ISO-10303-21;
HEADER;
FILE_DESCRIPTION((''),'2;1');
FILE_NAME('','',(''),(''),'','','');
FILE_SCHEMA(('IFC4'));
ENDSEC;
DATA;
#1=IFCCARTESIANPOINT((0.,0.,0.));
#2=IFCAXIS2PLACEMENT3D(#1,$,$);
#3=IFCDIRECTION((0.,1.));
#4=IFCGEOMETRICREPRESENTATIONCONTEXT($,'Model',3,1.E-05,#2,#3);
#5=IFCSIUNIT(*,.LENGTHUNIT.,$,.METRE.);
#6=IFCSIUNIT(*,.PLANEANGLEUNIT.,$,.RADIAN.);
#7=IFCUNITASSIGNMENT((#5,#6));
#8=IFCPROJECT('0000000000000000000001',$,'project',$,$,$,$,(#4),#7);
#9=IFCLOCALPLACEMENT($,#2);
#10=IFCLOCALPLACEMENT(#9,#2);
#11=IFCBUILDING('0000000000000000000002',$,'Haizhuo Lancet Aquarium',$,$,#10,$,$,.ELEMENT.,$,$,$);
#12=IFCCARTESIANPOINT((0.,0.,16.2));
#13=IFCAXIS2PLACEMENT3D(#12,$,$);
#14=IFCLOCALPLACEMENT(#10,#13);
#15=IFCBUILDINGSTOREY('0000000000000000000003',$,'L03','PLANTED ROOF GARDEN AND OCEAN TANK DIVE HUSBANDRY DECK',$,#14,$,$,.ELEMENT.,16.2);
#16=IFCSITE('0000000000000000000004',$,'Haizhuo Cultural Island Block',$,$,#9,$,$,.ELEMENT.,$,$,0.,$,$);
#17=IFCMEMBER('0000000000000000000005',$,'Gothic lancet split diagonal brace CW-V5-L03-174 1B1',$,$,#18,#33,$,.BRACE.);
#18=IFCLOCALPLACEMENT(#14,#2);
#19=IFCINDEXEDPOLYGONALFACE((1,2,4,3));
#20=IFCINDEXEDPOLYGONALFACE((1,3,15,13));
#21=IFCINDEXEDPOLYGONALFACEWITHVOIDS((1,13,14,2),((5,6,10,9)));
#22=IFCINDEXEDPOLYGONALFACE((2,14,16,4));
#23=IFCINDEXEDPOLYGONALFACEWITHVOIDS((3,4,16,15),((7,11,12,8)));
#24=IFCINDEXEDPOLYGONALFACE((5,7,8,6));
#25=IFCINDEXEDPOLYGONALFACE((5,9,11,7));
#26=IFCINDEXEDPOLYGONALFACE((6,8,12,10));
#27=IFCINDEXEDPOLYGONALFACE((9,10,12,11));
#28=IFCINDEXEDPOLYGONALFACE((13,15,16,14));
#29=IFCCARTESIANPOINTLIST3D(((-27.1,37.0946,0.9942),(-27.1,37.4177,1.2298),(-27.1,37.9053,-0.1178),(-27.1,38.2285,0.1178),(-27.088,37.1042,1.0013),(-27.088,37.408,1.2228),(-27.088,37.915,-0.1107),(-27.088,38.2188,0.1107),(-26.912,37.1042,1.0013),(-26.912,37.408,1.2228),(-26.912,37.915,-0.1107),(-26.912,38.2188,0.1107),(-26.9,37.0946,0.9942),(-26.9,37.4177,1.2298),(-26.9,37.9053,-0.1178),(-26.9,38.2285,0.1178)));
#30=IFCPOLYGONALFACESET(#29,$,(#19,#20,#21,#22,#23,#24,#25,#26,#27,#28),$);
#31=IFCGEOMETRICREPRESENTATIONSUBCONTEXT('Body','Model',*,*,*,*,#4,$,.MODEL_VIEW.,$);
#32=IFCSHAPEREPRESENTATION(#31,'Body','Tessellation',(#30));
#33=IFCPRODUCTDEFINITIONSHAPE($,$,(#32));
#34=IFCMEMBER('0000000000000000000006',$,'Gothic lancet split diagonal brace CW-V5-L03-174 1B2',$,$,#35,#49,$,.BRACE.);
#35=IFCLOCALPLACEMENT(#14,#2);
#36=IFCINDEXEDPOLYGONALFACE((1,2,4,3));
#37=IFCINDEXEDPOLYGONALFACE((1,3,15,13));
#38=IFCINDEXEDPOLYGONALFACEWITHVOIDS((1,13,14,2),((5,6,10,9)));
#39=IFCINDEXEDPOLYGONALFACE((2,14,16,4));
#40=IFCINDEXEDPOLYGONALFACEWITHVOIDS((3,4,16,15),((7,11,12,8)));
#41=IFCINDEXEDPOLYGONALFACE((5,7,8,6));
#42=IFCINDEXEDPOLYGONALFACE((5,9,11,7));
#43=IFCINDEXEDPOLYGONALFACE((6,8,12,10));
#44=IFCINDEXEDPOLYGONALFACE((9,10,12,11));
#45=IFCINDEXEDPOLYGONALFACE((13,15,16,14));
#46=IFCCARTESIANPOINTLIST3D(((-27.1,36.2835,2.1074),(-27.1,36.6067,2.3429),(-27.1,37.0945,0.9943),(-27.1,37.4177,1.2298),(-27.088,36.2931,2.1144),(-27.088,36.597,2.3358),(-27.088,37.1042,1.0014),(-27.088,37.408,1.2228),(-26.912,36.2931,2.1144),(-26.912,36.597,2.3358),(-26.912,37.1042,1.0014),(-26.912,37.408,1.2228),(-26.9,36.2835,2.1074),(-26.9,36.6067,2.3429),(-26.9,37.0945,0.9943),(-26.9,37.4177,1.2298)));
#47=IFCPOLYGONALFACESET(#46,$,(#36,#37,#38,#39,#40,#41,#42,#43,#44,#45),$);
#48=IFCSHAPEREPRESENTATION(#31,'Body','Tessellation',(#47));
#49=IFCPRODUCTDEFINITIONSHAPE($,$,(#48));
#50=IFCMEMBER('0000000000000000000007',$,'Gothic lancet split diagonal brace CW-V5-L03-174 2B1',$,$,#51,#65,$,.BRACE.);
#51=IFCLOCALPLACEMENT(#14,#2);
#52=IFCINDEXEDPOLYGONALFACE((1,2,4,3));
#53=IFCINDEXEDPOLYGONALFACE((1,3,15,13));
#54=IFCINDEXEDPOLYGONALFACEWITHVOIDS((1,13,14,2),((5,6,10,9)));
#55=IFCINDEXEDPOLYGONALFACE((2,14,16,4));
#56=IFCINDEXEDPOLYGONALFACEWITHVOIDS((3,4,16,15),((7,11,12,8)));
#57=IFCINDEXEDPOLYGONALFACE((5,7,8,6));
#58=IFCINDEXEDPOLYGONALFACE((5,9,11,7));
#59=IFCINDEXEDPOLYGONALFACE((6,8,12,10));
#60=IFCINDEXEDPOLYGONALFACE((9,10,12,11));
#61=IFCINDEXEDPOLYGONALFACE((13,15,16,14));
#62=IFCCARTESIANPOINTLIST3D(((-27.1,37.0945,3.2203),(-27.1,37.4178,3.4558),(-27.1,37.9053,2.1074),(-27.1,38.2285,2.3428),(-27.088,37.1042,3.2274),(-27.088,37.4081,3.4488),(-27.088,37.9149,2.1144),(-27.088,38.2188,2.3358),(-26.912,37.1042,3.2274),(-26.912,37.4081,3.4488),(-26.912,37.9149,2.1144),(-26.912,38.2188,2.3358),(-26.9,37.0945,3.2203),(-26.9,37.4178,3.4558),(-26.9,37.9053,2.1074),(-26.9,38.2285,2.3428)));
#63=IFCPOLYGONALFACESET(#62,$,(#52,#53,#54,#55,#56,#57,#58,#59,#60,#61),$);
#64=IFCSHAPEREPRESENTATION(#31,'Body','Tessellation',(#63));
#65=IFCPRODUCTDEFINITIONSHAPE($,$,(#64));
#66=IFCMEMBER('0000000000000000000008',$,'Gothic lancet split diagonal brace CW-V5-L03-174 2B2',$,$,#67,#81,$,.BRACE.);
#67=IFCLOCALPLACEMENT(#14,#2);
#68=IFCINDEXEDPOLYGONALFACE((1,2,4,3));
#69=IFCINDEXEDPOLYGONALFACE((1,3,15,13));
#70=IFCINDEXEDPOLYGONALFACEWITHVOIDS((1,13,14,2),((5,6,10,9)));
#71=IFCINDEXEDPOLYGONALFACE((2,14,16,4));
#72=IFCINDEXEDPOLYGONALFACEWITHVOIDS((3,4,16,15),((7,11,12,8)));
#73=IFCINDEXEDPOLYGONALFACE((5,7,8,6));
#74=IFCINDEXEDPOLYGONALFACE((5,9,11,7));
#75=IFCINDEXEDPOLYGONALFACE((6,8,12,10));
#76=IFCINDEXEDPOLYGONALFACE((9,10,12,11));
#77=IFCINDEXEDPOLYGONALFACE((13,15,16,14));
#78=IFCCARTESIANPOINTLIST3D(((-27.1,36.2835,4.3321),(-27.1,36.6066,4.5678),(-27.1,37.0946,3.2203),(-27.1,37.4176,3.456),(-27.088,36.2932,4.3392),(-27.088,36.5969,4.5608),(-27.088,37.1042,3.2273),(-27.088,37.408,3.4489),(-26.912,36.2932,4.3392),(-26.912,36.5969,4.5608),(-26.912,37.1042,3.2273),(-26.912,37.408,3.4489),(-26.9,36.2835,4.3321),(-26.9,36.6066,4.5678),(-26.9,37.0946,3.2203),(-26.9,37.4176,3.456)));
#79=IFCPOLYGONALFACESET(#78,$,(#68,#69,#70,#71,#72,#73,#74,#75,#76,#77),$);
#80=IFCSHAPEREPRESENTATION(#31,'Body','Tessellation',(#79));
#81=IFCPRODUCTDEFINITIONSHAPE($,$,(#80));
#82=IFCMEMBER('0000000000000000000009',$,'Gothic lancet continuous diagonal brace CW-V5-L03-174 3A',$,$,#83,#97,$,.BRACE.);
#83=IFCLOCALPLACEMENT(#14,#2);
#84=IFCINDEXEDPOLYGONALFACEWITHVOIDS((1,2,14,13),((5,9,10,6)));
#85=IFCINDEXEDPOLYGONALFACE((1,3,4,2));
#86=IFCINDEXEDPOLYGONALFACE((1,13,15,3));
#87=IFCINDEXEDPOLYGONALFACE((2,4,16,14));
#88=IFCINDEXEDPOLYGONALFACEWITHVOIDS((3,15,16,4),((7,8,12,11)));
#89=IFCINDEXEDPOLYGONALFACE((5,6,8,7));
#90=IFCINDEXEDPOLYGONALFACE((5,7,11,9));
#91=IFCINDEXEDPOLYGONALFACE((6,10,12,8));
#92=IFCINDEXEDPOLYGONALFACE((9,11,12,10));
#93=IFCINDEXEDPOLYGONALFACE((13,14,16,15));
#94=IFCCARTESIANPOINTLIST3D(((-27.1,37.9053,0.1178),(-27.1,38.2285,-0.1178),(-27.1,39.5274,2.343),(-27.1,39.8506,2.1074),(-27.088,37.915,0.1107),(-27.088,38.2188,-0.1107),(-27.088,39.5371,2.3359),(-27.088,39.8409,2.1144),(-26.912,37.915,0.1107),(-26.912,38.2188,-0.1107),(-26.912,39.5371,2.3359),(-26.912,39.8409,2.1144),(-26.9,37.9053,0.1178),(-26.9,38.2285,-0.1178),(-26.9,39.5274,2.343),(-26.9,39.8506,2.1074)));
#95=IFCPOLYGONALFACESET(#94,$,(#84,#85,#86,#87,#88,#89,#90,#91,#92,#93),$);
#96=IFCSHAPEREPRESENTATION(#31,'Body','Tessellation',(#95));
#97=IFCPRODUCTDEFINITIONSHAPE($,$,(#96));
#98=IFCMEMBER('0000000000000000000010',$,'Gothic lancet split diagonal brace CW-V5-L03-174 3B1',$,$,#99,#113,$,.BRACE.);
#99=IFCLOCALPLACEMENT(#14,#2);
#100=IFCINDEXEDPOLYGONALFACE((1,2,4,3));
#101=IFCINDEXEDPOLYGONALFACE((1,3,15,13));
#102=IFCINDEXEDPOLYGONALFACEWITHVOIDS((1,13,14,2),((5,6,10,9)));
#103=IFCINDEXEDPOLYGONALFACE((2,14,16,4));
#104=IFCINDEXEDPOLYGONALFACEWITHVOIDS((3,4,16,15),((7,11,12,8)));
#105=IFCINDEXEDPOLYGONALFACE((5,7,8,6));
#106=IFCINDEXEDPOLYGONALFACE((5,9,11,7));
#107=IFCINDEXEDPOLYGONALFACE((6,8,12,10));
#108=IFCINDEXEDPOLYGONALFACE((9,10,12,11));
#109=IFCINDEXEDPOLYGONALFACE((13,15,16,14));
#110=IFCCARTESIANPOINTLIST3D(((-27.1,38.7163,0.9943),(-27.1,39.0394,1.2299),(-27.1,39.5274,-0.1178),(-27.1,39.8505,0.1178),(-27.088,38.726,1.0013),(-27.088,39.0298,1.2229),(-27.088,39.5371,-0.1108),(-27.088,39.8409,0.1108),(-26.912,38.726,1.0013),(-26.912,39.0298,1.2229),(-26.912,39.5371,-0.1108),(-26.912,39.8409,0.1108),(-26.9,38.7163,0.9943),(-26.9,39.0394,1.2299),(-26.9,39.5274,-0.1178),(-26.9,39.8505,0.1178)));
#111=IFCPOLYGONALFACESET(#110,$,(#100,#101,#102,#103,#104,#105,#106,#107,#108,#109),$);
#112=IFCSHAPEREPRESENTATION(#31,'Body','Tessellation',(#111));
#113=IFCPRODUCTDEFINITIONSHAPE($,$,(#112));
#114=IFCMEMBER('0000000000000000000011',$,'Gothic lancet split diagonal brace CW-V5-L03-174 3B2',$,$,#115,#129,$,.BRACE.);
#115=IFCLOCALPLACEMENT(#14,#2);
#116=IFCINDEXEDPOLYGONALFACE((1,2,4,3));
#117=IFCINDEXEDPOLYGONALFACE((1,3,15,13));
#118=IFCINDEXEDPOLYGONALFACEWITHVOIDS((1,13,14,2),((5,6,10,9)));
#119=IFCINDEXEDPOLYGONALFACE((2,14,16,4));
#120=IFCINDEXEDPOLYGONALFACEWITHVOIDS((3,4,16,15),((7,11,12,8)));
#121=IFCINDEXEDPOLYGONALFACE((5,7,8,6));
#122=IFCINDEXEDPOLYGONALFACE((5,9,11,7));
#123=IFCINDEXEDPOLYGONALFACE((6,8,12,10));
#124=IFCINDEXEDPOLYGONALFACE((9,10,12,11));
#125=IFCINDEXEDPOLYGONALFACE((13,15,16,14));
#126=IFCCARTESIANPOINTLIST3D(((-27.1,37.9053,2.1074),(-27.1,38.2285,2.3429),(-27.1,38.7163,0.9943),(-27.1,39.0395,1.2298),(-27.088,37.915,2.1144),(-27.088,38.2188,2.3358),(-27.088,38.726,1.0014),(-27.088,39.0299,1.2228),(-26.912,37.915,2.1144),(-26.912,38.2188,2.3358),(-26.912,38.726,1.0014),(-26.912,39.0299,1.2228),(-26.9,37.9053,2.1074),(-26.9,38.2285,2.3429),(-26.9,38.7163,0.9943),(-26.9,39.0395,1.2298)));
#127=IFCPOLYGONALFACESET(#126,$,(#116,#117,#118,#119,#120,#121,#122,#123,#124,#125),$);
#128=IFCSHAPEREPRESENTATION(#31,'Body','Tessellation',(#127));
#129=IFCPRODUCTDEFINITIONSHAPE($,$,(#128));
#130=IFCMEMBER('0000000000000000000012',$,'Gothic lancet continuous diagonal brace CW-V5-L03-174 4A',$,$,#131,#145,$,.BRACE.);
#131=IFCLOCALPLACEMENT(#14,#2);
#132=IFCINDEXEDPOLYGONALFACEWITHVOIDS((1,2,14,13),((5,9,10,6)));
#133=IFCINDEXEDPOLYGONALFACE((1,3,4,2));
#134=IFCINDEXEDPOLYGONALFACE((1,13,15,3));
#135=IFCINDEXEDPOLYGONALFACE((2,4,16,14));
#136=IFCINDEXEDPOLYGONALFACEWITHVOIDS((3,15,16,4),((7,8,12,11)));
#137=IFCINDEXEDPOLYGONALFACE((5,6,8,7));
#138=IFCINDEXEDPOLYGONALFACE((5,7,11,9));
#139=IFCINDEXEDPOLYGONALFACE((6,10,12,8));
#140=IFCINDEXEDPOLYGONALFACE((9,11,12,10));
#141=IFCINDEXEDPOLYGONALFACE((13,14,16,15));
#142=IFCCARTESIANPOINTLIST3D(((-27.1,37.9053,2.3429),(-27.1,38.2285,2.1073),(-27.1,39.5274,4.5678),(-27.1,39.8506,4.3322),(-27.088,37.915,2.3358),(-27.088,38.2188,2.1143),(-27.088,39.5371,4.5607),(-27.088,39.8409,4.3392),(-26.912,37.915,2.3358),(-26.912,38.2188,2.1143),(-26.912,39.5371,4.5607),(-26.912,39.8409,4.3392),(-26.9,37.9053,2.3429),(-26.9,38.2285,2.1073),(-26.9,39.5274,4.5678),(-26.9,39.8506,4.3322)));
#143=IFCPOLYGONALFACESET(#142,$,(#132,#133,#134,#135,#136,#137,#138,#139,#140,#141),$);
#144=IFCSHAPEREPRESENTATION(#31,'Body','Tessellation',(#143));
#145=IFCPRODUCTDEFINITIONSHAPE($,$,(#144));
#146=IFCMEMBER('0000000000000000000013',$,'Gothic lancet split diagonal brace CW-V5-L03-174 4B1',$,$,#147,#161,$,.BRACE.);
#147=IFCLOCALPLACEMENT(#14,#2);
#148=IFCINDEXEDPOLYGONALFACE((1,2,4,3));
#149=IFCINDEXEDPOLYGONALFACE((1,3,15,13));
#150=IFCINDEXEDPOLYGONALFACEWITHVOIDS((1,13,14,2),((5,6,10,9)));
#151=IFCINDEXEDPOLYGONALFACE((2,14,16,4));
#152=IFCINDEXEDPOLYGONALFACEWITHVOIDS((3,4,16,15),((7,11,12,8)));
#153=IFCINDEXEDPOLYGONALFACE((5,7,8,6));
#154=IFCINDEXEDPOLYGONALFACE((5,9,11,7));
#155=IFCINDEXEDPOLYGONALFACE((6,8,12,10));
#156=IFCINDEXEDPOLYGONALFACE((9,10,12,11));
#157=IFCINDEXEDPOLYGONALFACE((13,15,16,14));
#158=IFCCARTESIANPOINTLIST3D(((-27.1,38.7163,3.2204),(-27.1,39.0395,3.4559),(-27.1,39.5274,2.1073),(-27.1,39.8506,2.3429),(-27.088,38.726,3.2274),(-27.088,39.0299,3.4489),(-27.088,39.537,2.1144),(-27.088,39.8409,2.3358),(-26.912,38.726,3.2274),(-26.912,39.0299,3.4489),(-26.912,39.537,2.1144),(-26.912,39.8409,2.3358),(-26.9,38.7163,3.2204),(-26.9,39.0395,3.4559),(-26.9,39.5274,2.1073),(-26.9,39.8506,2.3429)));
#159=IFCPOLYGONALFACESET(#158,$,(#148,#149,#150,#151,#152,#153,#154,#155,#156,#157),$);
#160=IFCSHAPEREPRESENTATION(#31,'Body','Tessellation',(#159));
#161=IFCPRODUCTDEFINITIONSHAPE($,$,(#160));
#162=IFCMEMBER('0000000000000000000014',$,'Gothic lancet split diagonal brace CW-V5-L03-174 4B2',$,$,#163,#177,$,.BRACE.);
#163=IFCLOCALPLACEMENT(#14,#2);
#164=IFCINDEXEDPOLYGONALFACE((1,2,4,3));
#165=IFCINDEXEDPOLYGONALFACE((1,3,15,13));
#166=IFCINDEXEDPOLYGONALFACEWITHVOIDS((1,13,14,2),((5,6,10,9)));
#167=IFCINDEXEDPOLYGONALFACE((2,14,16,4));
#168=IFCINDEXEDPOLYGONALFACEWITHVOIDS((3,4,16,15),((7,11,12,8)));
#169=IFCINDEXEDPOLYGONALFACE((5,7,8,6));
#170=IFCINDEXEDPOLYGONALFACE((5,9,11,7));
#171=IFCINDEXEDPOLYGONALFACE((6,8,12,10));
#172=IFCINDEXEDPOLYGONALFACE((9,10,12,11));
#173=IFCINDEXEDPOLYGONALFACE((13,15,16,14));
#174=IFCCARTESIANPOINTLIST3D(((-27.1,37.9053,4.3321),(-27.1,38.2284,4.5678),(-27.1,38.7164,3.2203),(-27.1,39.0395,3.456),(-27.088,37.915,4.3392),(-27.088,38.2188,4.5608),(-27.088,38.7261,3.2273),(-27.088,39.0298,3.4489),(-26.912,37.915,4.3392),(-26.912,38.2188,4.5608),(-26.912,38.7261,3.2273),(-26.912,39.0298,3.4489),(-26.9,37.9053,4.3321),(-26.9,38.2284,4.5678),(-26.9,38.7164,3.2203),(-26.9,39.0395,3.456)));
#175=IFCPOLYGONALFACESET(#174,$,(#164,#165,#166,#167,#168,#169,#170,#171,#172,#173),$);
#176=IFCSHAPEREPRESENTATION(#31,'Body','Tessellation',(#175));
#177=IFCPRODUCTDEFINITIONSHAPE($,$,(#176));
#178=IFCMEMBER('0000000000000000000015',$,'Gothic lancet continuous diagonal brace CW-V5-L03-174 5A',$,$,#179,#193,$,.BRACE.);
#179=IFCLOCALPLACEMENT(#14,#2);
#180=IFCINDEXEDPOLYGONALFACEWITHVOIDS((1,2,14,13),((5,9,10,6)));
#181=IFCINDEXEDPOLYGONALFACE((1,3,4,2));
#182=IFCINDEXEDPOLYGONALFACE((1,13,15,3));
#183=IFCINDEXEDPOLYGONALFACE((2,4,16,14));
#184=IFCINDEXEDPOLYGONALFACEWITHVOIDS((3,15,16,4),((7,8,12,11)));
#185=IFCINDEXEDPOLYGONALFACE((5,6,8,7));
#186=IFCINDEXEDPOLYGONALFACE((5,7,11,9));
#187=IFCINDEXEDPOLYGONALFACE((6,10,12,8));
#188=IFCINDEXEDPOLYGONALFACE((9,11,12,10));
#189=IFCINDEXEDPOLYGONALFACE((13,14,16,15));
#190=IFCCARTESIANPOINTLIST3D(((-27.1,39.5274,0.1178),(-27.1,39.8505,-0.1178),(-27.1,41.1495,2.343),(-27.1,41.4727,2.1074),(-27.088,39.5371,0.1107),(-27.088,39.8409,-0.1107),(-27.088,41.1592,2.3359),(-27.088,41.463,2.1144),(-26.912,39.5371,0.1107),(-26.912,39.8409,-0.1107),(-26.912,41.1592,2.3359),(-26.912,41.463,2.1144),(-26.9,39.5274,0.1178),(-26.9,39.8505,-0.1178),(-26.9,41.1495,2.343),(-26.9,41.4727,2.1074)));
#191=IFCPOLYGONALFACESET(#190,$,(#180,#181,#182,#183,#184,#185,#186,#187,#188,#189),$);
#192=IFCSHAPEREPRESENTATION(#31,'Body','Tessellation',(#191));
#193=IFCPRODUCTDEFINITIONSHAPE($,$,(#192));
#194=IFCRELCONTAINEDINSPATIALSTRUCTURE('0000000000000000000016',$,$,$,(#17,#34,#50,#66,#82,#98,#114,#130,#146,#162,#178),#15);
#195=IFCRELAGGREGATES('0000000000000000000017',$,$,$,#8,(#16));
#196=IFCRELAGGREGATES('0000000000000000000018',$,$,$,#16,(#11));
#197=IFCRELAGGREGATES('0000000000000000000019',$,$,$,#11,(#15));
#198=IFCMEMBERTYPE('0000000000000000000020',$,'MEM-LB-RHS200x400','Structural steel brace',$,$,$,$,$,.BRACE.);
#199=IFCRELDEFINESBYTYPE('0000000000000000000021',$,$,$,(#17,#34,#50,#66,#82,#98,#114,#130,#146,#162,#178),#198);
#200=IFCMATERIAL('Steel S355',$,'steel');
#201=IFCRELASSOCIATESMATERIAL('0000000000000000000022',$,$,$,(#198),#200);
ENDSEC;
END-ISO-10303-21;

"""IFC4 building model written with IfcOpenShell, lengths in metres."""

from ifc_helpers import new_model, si_unit, direction, frame, origin, origin_2d, place, context, subcontext, project, spatial, hollow_rectangle, extrude, material, material_profile, profile_set, type_object, element, save


model = new_model("IFC4")

# Units and contexts
model_context = context("Model", 3, precision=1e-05, world=origin(), true_north=direction((0.0, 1.0)))
body_context = subcontext(model_context, "Body", "Model", "MODEL_VIEW")
ifc_project = project(units=[si_unit("LENGTHUNIT", "METRE"), si_unit("PLANEANGLEUNIT", "RADIAN")], contexts=[model_context])

# Site, building, storey
site_placement = place(None, origin())
site = spatial("IfcSite", under=ifc_project, at=site_placement, Name="Haizhuo Cultural Island Block", CompositionType="ELEMENT", RefElevation=0.0)
building_placement = place(site_placement, origin())
building = spatial("IfcBuilding", under=site, at=building_placement, Name="Haizhuo Lancet Aquarium", CompositionType="ELEMENT")
storey_placement = place(building_placement, frame((0.0, 0.0, 16.2)))
storey = spatial("IfcBuildingStorey", under=building, at=storey_placement, Name="L03", Description="PLANTED ROOF GARDEN AND OCEAN TANK DIVE HUSBANDRY DECK", CompositionType="ELEMENT", Elevation=16.2)

# Shared definitions
ifc_material_1 = material(Name="Steel S355", Category="steel")

# Members
ifc_material_profile_1 = material_profile(ifc_material_1, hollow_rectangle(XDim=0.2, YDim=0.3999, WallThickness=0.012, at=origin_2d()), Name="RHS 200x400x12")
ifc_profile_set_1 = profile_set([ifc_material_profile_1], Name="Steel S355")
member_type_1 = type_object("IfcMemberType", Name="MEM-LB-RHS200x400", Description="Structural steel brace", PredefinedType="BRACE", material=ifc_profile_set_1)
member_1_placement = place(storey_placement, frame((-27.0, 38.0669, 0.0), z_axis=(0.0, -0.589131, 0.808037), x_axis=(1.0, 0.0, 0.0)))
element("IfcMember", 1, at=member_1_placement, inside=storey, type_object=member_type_1, Name="Gothic lancet split diagonal brace CW-V5-L03-174 1B1", PredefinedType="BRACE", context=body_context, shape_type="SweptSolid", body=[
    extrude(hollow_rectangle(XDim=0.2, YDim=0.3999, WallThickness=0.012, at=origin_2d()), origin(), (0.0, 0.0, 1.0), 1.3762),
])
member_2_placement = place(storey_placement, frame((-27.0, 37.2561, 1.1121), z_axis=(0.0, -0.588909, 0.808199), x_axis=(1.0, 0.0, 0.0)))
element("IfcMember", 2, at=member_2_placement, inside=storey, type_object=member_type_1, Name="Gothic lancet split diagonal brace CW-V5-L03-174 1B2", PredefinedType="BRACE", context=body_context, shape_type="SweptSolid", body=[
    extrude(hollow_rectangle(XDim=0.2, YDim=0.3999, WallThickness=0.012, at=origin_2d()), origin(), (0.0, 0.0, 1.0), 1.3772),
])
member_3_placement = place(storey_placement, frame((-27.0, 38.0669, 2.2251), z_axis=(0.0, -0.588793, 0.808284), x_axis=(1.0, 0.0, 0.0)))
element("IfcMember", 3, at=member_3_placement, inside=storey, type_object=member_type_1, Name="Gothic lancet split diagonal brace CW-V5-L03-174 2B1", PredefinedType="BRACE", context=body_context, shape_type="SweptSolid", body=[
    extrude(hollow_rectangle(XDim=0.2, YDim=0.3999, WallThickness=0.012, at=origin_2d()), origin(), (0.0, 0.0, 1.0), 1.377),
])
member_4_placement = place(storey_placement, frame((-27.0, 37.2561, 3.3381), z_axis=(0.0, -0.589331, 0.807891), x_axis=(1.0, 0.0, 0.0)))
element("IfcMember", 4, at=member_4_placement, inside=storey, type_object=member_type_1, Name="Gothic lancet split diagonal brace CW-V5-L03-174 2B2", PredefinedType="BRACE", context=body_context, shape_type="SweptSolid", body=[
    extrude(hollow_rectangle(XDim=0.2, YDim=0.3999, WallThickness=0.012, at=origin_2d()), origin(), (0.0, 0.0, 1.0), 1.3762),
])
member_5_placement = place(storey_placement, frame((-27.0, 38.0669, 0.0), z_axis=(0.0, 0.589078, 0.808076), x_axis=(-1.0, 0.0, 0.0)))
element("IfcMember", 5, at=member_5_placement, inside=storey, type_object=member_type_1, Name="Gothic lancet continuous diagonal brace CW-V5-L03-174 3A", PredefinedType="BRACE", context=body_context, shape_type="SweptSolid", body=[
    extrude(hollow_rectangle(XDim=0.2, YDim=0.3999, WallThickness=0.012, at=origin_2d()), origin(), (0.0, 0.0, 1.0), 2.7537),
])
member_6_placement = place(storey_placement, frame((-27.0, 39.689, 0.0), z_axis=(0.0, -0.589247, 0.807953), x_axis=(1.0, 0.0, 0.0)))
element("IfcMember", 6, at=member_6_placement, inside=storey, type_object=member_type_1, Name="Gothic lancet split diagonal brace CW-V5-L03-174 3B1", PredefinedType="BRACE", context=body_context, shape_type="SweptSolid", body=[
    extrude(hollow_rectangle(XDim=0.2, YDim=0.3999, WallThickness=0.012, at=origin_2d()), origin(), (0.0, 0.0, 1.0), 1.3765),
])
member_7_placement = place(storey_placement, frame((-27.0, 38.8779, 1.1121), z_axis=(0.0, -0.588909, 0.808199), x_axis=(1.0, 0.0, 0.0)))
element("IfcMember", 7, at=member_7_placement, inside=storey, type_object=member_type_1, Name="Gothic lancet split diagonal brace CW-V5-L03-174 3B2", PredefinedType="BRACE", context=body_context, shape_type="SweptSolid", body=[
    extrude(hollow_rectangle(XDim=0.2, YDim=0.3999, WallThickness=0.012, at=origin_2d()), origin(), (0.0, 0.0, 1.0), 1.3772),
])
member_8_placement = place(storey_placement, frame((-27.0, 38.0669, 2.2251), z_axis=(0.0, 0.58912, 0.808045), x_axis=(-1.0, 0.0, 0.0)))
element("IfcMember", 8, at=member_8_placement, inside=storey, type_object=member_type_1, Name="Gothic lancet continuous diagonal brace CW-V5-L03-174 4A", PredefinedType="BRACE", context=body_context, shape_type="SweptSolid", body=[
    extrude(hollow_rectangle(XDim=0.2, YDim=0.3999, WallThickness=0.012, at=origin_2d()), origin(), (0.0, 0.0, 1.0), 2.7534),
])
member_9_placement = place(storey_placement, frame((-27.0, 39.689, 2.2251), z_axis=(0.0, -0.588909, 0.808199), x_axis=(1.0, 0.0, 0.0)))
element("IfcMember", 9, at=member_9_placement, inside=storey, type_object=member_type_1, Name="Gothic lancet split diagonal brace CW-V5-L03-174 4B1", PredefinedType="BRACE", context=body_context, shape_type="SweptSolid", body=[
    extrude(hollow_rectangle(XDim=0.2, YDim=0.3999, WallThickness=0.012, at=origin_2d()), origin(), (0.0, 0.0, 1.0), 1.3772),
])
member_10_placement = place(storey_placement, frame((-27.0, 38.8779, 3.3381), z_axis=(0.0, -0.589331, 0.807891), x_axis=(1.0, 0.0, 0.0)))
element("IfcMember", 10, at=member_10_placement, inside=storey, type_object=member_type_1, Name="Gothic lancet split diagonal brace CW-V5-L03-174 4B2", PredefinedType="BRACE", context=body_context, shape_type="SweptSolid", body=[
    extrude(hollow_rectangle(XDim=0.2, YDim=0.3999, WallThickness=0.012, at=origin_2d()), origin(), (0.0, 0.0, 1.0), 1.3762),
])
member_11_placement = place(storey_placement, frame((-27.0, 39.689, 0.0), z_axis=(0.0, 0.589078, 0.808076), x_axis=(-1.0, 0.0, 0.0)))
element("IfcMember", 11, at=member_11_placement, inside=storey, type_object=member_type_1, Name="Gothic lancet continuous diagonal brace CW-V5-L03-174 5A", PredefinedType="BRACE", context=body_context, shape_type="SweptSolid", body=[
    extrude(hollow_rectangle(XDim=0.2, YDim=0.3999, WallThickness=0.012, at=origin_2d()), origin(), (0.0, 0.0, 1.0), 2.7537),
])

save(model, "model.ifc")
